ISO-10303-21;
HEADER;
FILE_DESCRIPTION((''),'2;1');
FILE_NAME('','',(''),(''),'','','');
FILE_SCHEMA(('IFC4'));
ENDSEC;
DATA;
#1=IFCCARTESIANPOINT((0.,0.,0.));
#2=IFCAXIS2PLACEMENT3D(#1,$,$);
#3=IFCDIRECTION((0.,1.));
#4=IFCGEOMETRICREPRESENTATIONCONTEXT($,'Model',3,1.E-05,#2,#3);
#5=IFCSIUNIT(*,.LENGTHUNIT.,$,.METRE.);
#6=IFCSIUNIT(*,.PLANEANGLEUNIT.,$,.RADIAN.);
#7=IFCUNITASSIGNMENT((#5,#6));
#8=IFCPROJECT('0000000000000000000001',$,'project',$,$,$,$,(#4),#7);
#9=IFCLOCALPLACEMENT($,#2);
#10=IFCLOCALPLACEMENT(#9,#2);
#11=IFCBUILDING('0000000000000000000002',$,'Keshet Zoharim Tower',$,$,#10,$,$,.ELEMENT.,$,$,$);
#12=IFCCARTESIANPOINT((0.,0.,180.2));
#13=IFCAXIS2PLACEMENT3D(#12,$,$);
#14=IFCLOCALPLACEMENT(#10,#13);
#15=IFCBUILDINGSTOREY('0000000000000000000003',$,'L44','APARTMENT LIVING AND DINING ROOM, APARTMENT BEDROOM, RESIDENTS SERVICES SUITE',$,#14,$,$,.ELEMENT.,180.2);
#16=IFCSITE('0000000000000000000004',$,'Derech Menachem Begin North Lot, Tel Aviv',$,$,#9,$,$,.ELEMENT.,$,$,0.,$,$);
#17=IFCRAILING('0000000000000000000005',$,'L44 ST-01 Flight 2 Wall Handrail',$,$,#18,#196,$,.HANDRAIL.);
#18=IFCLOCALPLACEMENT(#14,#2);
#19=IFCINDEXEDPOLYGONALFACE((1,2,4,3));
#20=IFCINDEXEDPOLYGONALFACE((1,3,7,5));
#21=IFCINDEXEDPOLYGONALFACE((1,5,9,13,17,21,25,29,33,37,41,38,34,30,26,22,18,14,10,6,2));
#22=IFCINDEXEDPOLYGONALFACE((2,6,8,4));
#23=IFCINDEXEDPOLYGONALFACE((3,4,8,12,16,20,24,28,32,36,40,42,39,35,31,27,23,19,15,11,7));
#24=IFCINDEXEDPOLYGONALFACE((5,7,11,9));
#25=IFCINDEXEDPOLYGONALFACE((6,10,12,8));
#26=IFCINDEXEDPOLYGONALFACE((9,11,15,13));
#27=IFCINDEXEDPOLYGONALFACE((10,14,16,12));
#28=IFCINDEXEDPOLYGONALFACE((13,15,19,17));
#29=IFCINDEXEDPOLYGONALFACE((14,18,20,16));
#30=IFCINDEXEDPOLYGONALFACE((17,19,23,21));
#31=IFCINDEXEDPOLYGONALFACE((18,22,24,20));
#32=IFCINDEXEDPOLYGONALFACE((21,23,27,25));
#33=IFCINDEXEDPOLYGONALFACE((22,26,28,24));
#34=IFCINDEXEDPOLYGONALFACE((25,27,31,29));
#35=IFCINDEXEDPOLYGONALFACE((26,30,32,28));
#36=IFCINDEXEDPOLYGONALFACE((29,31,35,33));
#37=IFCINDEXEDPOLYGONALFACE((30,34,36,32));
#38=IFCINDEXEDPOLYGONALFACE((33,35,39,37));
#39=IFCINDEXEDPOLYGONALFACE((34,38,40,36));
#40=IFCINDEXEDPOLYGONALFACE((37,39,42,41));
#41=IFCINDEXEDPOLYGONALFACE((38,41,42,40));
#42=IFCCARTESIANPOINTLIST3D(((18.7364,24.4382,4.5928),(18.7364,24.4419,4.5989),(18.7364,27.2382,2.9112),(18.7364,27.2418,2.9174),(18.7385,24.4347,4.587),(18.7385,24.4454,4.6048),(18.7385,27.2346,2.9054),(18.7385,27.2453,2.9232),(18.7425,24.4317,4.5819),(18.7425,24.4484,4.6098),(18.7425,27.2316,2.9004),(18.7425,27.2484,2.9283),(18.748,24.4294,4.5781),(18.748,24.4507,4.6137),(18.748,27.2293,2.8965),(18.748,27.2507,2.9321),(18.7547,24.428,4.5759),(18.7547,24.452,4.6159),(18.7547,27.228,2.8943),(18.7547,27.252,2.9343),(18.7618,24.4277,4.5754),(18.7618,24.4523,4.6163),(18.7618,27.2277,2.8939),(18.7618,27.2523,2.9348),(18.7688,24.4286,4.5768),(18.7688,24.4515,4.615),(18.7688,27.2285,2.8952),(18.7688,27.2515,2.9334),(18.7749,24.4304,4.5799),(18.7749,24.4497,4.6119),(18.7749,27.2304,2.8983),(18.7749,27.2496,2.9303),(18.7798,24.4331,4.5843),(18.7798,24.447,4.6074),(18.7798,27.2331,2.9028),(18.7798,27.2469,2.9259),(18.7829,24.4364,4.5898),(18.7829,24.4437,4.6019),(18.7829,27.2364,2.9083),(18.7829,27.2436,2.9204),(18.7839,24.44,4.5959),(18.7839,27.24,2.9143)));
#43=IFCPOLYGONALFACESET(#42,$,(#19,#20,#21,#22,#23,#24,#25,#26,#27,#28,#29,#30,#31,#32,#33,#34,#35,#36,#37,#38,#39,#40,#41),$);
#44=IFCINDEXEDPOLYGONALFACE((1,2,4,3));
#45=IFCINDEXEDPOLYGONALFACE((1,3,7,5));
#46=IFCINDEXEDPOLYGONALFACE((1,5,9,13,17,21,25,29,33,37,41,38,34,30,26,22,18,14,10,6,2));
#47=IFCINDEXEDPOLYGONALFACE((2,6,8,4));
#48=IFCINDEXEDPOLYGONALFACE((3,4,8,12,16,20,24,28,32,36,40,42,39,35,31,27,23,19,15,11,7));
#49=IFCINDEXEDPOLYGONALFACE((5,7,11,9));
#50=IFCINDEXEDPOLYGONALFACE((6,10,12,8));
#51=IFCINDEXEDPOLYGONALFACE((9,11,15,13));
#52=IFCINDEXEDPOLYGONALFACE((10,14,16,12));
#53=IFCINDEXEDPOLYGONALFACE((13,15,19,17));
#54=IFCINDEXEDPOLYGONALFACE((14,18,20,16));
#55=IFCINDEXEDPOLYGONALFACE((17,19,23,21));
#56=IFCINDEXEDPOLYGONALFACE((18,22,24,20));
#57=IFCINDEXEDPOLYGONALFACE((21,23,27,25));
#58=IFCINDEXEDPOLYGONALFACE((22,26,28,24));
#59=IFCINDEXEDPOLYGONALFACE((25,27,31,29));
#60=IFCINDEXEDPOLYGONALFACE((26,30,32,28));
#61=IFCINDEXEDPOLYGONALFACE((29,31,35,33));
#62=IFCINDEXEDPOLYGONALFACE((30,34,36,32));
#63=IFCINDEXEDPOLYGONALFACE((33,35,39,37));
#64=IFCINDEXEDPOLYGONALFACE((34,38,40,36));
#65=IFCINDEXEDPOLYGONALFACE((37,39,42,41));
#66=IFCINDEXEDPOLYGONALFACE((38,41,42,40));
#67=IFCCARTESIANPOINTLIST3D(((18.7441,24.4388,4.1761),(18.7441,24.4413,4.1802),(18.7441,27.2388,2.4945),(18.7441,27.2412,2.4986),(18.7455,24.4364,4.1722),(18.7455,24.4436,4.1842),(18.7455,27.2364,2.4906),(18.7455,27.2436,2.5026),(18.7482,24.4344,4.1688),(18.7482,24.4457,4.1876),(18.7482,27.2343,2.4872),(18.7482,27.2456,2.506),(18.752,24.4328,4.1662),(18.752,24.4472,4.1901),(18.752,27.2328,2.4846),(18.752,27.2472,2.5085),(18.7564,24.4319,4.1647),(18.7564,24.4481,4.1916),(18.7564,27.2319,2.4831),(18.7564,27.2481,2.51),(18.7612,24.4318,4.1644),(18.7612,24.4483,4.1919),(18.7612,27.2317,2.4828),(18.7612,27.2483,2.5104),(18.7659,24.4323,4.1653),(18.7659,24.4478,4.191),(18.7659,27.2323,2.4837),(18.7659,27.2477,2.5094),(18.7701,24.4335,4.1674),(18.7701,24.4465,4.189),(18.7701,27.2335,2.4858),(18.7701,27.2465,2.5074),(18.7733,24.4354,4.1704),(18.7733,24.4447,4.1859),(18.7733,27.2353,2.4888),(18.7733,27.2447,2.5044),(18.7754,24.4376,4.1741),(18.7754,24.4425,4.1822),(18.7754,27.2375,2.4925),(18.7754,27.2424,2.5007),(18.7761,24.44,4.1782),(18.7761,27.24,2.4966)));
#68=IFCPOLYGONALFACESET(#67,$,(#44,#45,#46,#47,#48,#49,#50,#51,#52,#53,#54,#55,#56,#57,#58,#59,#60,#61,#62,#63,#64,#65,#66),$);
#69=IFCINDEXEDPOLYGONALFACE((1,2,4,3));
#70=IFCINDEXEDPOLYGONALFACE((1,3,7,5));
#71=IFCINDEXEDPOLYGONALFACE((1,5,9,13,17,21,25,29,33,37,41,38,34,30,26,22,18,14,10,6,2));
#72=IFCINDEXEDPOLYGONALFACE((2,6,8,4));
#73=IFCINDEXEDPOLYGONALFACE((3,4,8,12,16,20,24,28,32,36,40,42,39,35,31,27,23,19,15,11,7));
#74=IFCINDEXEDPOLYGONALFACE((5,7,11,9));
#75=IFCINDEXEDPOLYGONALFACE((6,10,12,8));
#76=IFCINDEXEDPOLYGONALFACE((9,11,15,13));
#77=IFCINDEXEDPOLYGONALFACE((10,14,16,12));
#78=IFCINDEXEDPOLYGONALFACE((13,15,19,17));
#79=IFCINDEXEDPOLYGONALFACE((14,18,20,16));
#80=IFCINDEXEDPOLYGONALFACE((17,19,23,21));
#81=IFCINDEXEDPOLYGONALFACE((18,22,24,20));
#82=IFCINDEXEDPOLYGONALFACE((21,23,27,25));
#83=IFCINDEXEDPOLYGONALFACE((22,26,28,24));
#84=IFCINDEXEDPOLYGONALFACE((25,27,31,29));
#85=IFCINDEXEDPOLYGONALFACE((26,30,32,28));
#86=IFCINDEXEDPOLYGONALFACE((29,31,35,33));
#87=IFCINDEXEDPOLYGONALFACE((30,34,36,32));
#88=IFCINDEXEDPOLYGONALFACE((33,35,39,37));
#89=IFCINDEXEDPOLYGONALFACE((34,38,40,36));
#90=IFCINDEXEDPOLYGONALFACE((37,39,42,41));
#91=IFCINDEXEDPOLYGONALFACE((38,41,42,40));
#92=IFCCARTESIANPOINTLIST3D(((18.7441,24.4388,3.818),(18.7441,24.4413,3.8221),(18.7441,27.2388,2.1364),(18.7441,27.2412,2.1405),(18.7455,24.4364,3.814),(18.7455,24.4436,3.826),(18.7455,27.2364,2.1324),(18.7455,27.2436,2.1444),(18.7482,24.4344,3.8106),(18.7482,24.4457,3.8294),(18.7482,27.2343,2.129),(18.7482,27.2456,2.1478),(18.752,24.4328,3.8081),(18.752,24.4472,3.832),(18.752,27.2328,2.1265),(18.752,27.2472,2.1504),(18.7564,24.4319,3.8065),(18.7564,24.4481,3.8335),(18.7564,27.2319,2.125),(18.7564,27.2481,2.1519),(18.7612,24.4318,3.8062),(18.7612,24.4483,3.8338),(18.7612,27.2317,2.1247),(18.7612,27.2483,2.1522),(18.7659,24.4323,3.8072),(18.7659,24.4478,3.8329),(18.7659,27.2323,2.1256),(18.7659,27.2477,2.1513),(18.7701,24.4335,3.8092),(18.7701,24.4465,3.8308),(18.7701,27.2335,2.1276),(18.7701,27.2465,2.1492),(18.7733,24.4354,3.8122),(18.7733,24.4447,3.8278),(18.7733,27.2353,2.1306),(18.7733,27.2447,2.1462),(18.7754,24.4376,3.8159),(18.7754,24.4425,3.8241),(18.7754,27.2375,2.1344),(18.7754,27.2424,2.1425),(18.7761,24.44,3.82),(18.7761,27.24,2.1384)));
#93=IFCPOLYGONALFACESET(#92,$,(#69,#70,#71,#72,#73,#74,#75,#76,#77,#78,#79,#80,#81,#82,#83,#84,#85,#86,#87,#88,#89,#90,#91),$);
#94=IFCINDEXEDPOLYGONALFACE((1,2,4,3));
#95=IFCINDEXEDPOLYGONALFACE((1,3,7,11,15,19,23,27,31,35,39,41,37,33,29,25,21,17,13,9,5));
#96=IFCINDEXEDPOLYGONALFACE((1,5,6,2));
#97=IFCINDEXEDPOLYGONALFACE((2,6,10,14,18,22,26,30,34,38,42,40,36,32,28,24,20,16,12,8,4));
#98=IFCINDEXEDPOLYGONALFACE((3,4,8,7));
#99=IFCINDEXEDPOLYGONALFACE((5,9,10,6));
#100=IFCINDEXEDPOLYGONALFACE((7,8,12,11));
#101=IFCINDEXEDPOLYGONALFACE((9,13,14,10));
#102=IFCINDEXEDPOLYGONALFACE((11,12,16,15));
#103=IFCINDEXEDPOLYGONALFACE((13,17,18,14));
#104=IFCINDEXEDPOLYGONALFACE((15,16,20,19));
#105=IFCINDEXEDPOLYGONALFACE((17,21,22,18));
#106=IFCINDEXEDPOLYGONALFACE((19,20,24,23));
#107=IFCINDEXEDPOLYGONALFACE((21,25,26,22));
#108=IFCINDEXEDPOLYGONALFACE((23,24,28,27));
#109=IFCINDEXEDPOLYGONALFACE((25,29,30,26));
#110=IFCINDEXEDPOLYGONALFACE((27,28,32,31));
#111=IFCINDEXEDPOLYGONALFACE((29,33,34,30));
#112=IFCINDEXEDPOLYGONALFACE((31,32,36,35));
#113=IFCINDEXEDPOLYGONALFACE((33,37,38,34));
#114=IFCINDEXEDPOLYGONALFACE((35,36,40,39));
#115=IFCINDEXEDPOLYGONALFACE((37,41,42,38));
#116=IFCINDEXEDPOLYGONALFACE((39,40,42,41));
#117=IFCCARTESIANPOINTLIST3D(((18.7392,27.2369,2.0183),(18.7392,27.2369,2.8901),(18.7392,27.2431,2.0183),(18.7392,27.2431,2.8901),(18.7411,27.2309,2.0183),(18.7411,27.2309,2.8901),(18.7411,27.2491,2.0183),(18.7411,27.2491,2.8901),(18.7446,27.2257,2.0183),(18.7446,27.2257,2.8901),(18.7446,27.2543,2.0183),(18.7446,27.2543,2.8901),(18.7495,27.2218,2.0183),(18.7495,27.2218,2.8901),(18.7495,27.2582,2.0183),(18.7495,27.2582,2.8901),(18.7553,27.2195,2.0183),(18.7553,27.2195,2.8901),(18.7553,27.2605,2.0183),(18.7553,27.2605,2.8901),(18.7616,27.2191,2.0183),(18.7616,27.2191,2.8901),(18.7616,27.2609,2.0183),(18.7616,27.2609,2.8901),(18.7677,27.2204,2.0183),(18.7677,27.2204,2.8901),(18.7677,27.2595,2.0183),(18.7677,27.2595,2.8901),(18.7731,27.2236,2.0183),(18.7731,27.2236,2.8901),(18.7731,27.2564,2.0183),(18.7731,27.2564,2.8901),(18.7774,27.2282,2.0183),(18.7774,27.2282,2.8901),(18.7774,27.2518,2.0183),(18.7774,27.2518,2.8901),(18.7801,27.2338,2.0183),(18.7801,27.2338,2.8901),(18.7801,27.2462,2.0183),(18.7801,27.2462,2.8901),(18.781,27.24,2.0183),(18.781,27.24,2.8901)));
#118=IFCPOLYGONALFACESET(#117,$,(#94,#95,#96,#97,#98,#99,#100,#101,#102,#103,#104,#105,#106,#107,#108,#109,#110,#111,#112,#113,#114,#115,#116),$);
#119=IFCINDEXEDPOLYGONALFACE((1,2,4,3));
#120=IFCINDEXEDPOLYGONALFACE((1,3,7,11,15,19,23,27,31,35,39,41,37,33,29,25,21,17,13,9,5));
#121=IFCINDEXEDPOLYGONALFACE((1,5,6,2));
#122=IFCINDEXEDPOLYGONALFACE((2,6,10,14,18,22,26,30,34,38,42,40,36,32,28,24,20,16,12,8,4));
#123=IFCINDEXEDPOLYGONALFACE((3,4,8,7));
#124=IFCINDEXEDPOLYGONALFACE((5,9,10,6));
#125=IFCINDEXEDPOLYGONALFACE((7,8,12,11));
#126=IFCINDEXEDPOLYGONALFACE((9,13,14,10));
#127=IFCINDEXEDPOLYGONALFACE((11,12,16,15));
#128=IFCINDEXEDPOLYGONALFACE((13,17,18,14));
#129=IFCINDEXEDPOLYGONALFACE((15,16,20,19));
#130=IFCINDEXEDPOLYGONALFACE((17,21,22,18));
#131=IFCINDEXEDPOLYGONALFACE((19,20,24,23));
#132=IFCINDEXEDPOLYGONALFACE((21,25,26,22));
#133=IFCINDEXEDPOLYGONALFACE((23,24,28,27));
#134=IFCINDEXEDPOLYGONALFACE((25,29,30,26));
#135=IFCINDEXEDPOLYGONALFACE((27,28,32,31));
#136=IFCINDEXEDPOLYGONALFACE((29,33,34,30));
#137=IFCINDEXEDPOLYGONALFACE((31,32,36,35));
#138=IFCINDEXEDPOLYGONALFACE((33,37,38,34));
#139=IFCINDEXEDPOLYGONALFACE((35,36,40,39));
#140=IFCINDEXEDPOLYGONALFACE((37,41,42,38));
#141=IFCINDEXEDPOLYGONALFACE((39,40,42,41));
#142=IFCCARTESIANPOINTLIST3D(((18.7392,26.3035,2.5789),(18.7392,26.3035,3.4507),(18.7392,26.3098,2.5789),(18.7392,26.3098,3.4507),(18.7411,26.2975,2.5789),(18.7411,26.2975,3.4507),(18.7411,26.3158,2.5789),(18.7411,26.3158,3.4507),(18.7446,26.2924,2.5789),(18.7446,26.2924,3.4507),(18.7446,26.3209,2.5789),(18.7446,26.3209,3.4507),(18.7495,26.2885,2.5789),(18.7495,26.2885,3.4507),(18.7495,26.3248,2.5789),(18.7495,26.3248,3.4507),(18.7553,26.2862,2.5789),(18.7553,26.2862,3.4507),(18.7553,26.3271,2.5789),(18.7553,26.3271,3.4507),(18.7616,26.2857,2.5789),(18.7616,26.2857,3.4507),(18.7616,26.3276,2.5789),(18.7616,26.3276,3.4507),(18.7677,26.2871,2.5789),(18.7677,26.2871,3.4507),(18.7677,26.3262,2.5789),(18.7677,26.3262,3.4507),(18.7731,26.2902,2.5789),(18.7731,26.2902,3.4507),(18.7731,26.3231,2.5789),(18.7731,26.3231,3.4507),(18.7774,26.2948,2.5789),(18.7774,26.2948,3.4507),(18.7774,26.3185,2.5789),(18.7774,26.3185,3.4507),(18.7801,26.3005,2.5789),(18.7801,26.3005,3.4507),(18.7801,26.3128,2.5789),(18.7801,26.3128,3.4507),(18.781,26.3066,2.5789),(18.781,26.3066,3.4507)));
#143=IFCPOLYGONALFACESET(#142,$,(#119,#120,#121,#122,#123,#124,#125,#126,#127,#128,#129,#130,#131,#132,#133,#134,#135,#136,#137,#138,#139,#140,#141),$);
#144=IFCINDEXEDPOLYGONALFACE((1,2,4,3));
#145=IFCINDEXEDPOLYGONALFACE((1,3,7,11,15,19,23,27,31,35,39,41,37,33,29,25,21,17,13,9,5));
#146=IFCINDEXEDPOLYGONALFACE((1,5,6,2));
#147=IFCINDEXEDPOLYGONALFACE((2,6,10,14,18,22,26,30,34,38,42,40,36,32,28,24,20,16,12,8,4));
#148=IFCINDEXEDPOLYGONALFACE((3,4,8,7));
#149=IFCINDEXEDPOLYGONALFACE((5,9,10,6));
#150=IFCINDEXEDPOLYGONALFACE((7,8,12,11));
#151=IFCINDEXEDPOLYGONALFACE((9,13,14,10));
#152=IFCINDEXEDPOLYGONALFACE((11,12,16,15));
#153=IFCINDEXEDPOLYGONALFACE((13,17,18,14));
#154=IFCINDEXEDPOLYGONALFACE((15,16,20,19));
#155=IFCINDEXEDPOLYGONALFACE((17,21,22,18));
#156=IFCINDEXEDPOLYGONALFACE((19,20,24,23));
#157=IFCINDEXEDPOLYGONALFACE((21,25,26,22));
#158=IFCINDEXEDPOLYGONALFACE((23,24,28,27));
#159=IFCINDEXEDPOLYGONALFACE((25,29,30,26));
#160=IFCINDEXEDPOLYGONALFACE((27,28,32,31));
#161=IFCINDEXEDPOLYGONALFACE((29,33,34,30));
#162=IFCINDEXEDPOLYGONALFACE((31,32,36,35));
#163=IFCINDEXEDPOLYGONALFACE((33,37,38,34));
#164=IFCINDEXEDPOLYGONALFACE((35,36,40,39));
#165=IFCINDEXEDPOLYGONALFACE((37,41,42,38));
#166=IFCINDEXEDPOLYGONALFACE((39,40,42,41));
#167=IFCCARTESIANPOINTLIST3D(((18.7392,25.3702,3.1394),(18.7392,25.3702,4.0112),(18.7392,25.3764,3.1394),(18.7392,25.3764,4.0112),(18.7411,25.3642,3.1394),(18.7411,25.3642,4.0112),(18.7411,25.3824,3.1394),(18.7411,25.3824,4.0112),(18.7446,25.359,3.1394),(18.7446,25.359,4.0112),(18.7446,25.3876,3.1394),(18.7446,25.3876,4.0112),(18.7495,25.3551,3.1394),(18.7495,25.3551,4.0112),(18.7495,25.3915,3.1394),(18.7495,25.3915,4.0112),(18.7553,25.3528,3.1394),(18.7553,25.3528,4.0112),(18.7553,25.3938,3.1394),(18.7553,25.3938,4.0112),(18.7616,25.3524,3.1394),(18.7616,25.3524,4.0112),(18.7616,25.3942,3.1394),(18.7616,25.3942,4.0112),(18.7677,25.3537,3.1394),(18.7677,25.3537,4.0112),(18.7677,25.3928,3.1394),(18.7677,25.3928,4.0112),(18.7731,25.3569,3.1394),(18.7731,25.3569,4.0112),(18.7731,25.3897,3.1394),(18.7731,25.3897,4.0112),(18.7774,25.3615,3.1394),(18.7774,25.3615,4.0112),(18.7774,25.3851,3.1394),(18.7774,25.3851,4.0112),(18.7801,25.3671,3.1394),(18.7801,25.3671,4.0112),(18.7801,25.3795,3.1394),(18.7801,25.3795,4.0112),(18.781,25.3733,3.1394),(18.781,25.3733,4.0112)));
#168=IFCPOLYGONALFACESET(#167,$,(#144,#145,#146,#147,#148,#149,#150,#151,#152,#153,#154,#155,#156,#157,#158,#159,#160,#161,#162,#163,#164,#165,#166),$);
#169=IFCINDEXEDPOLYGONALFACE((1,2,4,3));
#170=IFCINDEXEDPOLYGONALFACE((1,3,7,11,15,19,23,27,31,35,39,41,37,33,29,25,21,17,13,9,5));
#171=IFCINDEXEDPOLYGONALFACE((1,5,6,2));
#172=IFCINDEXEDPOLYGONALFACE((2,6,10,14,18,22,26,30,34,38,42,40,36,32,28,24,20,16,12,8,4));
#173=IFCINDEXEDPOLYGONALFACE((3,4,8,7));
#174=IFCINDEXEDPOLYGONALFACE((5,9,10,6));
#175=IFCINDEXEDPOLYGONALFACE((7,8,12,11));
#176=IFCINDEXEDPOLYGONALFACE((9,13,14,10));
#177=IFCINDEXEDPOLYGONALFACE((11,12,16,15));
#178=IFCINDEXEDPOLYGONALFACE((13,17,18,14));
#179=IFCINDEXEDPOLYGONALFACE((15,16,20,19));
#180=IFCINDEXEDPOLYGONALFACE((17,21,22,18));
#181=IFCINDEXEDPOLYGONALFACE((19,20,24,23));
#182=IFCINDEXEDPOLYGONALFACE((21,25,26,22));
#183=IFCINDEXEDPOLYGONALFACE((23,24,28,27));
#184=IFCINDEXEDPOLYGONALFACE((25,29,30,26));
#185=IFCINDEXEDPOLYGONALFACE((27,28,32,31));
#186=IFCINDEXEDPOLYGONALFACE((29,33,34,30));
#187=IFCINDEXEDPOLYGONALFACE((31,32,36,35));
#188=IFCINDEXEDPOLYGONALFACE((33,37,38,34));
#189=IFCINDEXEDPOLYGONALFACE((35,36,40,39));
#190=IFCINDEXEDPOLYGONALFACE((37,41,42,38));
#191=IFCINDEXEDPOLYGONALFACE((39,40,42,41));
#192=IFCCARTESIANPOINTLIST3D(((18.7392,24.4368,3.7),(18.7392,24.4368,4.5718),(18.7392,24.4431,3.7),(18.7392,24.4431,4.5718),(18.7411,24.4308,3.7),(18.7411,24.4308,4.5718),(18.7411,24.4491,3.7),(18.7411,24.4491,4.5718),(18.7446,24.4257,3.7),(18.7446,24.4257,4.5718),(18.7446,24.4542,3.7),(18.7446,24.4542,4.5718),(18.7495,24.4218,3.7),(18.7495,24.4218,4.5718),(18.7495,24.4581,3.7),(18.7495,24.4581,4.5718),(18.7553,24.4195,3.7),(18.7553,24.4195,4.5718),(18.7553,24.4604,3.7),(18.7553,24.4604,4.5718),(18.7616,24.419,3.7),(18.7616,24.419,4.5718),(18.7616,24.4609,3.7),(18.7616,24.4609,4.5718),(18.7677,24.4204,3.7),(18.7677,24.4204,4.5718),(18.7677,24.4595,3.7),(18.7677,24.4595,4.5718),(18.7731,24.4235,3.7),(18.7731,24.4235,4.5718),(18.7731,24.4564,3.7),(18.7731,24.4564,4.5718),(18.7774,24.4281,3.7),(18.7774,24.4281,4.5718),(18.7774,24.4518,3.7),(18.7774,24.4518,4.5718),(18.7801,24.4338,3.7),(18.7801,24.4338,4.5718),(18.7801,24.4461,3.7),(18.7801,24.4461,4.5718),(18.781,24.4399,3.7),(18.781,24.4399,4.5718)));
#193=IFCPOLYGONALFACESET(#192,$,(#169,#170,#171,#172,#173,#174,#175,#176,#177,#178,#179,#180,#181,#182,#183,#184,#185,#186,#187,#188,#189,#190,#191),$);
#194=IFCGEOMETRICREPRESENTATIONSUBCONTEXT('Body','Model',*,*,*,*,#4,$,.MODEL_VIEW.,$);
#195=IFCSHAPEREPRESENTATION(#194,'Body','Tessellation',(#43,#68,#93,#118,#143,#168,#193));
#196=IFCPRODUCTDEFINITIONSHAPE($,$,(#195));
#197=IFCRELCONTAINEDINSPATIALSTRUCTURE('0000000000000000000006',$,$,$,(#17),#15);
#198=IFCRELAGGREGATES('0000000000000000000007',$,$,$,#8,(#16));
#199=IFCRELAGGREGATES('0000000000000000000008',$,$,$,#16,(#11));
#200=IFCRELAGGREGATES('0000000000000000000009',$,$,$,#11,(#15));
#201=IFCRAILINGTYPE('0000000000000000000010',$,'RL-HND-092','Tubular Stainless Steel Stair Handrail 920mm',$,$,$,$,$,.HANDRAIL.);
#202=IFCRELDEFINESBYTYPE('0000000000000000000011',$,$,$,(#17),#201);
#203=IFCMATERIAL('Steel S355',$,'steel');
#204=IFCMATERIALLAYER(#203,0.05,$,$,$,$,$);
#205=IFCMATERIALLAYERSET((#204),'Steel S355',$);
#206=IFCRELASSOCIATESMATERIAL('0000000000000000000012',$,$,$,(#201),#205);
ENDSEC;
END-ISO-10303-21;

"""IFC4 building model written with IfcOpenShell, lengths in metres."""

from ifc_helpers import new_model, si_unit, direction, frame, origin, origin_2d, place, context, subcontext, project, spatial, circle, extrude, material, layer, layer_set, type_object, element, save


model = new_model("IFC4")

# Units and contexts
model_context = context("Model", 3, precision=1e-05, world=origin(), true_north=direction((0.0, 1.0)))
body_context = subcontext(model_context, "Body", "Model", "MODEL_VIEW")
ifc_project = project(units=[si_unit("LENGTHUNIT", "METRE"), si_unit("PLANEANGLEUNIT", "RADIAN")], contexts=[model_context])

# Site, building, storey
site_placement = place(None, origin())
site = spatial("IfcSite", under=ifc_project, at=site_placement, Name="Derech Menachem Begin North Lot, Tel Aviv", CompositionType="ELEMENT", RefElevation=0.0)
building_placement = place(site_placement, origin())
building = spatial("IfcBuilding", under=site, at=building_placement, Name="Keshet Zoharim Tower", CompositionType="ELEMENT")
storey_placement = place(building_placement, frame((0.0, 0.0, 180.2)))
storey = spatial("IfcBuildingStorey", under=building, at=storey_placement, Name="L44", Description="APARTMENT LIVING AND DINING ROOM, APARTMENT BEDROOM, RESIDENTS SERVICES SUITE", CompositionType="ELEMENT", Elevation=180.2)

# Shared definitions
ifc_material_1 = material(Name="Steel S355", Category="steel")

# Railing
ifc_layer_1 = layer(ifc_material_1, 0.05)
ifc_layer_set_1 = layer_set([ifc_layer_1], Name="Steel S355")
railing_type_1 = type_object("IfcRailingType", Name="RL-HND-092", Description="Tubular Stainless Steel Stair Handrail 920mm", PredefinedType="HANDRAIL", material=ifc_layer_set_1)
for number, where, name in (
    (1, (18.76, 27.24, 2.0183), "L44 ST-01 Flight 2 Wall Handrail"),
):
    element("IfcRailing", number, at=place(storey_placement, frame(where)), inside=storey, type_object=railing_type_1, Name=name, PredefinedType="HANDRAIL", context=body_context, shape_type="SweptSolid", body=[
        extrude(circle(Radius=0.0239, at=origin_2d()), frame((0.0, 0.0, 0.896), z_axis=(0.0, -0.857275, 0.514858), x_axis=(1.0, 0.0, 0.0)), (0.0, 0.0, 1.0), 3.2661),
        extrude(circle(Radius=0.0161, at=origin_2d()), frame((0.0, 0.0, 0.4783), z_axis=(0.0, -0.857275, 0.514858), x_axis=(1.0, 0.0, 0.0)), (0.0, 0.0, 1.0), 3.2661),
        extrude(circle(Radius=0.0161, at=origin_2d()), frame((0.0, 0.0, 0.1201), z_axis=(0.0, -0.857275, 0.514858), x_axis=(1.0, 0.0, 0.0)), (0.0, 0.0, 1.0), 3.2661),
        extrude(circle(Radius=0.021, at=origin_2d()), origin(), (0.0, 0.0, 1.0), 0.8718),
        extrude(circle(Radius=0.021, at=origin_2d()), frame((0.0, -0.9333, 0.5605)), (0.0, 0.0, 1.0), 0.8718),
        extrude(circle(Radius=0.021, at=origin_2d()), frame((0.0, -1.8667, 1.1211)), (0.0, 0.0, 1.0), 0.8718),
        extrude(circle(Radius=0.021, at=origin_2d()), frame((0.0, -2.8, 1.6816)), (0.0, 0.0, 1.0), 0.8718),
    ])

save(model, "model.ifc")
